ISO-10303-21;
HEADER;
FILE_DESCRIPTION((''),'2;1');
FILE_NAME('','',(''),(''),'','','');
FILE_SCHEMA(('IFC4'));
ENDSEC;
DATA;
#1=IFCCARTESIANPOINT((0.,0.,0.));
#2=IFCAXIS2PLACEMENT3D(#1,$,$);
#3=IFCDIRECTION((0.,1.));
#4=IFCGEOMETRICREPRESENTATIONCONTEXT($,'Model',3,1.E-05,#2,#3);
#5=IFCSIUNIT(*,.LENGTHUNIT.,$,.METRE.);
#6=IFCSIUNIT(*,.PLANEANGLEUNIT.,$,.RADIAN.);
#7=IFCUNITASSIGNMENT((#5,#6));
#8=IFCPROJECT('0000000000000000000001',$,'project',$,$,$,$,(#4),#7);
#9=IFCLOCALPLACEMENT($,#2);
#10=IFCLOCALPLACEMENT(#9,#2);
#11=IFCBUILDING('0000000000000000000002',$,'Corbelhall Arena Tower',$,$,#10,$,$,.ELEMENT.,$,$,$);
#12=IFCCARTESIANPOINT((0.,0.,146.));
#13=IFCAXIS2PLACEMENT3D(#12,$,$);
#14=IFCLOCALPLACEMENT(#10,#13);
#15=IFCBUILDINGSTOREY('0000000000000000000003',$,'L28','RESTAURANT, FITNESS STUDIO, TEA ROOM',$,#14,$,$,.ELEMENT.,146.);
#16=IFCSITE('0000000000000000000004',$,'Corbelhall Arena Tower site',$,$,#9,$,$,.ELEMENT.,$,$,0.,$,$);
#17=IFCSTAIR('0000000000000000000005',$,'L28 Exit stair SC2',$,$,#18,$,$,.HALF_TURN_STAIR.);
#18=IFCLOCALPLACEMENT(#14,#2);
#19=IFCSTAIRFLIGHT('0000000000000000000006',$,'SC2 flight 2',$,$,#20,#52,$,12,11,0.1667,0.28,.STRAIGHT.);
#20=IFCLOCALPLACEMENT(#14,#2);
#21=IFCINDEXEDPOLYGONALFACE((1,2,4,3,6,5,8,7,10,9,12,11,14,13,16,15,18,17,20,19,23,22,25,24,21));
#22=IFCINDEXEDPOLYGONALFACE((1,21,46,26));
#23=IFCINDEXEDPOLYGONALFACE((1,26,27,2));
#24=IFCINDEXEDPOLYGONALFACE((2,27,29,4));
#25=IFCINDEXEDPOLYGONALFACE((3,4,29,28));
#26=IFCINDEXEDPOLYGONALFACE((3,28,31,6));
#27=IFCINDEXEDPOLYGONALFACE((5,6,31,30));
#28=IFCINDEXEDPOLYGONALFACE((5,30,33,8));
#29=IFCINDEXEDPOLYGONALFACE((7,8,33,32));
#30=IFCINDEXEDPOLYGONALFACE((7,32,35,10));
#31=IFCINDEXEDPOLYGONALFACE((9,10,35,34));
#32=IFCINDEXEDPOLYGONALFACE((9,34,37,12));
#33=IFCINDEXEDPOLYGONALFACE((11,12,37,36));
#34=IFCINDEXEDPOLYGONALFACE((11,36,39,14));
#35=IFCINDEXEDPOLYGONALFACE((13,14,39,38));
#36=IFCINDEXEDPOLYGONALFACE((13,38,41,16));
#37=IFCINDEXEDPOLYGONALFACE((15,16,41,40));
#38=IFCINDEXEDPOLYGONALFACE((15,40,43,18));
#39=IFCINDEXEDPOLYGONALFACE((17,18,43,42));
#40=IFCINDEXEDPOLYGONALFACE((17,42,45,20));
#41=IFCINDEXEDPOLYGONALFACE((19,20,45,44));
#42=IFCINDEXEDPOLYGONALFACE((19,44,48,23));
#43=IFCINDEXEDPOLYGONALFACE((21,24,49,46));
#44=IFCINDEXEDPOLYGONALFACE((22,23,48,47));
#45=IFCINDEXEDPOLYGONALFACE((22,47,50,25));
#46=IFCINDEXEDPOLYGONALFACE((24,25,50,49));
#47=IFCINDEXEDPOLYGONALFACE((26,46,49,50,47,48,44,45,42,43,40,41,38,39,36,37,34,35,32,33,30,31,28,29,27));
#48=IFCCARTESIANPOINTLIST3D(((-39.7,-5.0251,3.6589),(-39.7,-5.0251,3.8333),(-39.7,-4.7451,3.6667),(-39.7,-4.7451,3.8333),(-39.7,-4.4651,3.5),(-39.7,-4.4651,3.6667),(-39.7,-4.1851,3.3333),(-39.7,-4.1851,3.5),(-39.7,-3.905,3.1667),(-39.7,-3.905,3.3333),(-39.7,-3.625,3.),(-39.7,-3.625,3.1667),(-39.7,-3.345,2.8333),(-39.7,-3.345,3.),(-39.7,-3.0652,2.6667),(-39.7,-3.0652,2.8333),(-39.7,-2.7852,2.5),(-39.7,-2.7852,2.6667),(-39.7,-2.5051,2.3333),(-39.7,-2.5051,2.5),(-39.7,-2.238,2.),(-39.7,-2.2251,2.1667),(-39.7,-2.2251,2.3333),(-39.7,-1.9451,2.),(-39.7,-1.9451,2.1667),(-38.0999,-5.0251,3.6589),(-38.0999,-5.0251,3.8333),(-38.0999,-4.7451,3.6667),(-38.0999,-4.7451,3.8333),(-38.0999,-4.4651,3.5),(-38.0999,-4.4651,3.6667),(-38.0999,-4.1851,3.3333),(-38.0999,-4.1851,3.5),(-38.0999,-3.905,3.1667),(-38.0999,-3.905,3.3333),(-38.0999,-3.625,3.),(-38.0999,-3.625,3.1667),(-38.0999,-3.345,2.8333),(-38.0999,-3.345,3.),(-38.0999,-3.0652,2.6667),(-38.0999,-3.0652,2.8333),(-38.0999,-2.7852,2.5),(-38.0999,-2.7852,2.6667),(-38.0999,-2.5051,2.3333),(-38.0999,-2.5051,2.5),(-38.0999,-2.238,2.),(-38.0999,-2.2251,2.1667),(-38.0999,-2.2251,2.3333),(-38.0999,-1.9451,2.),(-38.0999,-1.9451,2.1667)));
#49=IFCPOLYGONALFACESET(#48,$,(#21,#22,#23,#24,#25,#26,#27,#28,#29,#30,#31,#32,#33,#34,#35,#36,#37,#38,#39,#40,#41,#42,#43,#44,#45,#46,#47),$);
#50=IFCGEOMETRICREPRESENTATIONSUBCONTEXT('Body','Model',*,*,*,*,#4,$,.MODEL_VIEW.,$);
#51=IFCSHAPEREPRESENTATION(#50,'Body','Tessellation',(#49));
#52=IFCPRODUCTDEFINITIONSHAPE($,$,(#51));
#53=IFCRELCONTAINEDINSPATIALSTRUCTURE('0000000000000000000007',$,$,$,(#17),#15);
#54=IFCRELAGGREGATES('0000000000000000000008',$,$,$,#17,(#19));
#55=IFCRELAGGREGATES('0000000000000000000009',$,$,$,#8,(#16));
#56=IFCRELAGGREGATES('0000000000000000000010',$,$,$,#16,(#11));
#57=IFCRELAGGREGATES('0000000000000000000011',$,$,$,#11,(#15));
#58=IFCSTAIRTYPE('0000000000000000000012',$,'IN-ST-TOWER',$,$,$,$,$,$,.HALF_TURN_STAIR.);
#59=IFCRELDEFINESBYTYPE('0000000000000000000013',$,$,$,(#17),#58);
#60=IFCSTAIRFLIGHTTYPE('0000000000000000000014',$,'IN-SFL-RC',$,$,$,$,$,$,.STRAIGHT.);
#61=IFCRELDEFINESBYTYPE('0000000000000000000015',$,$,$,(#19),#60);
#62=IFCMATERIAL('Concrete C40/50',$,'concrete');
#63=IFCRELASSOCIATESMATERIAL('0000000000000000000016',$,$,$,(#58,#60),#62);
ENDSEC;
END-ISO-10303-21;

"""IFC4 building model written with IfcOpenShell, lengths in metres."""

from ifc_helpers import new_model, si_unit, direction, frame, origin, place, context, subcontext, project, spatial, polyline, outline, extrude, material, type_object, element, aggregate, save


model = new_model("IFC4")

# Units and contexts
model_context = context("Model", 3, precision=1e-05, world=origin(), true_north=direction((0.0, 1.0)))
body_context = subcontext(model_context, "Body", "Model", "MODEL_VIEW")
ifc_project = project(units=[si_unit("LENGTHUNIT", "METRE"), si_unit("PLANEANGLEUNIT", "RADIAN")], contexts=[model_context])

# Site, building, storey
site_placement = place(None, origin())
site = spatial("IfcSite", under=ifc_project, at=site_placement, Name="Corbelhall Arena Tower site", CompositionType="ELEMENT", RefElevation=0.0)
building_placement = place(site_placement, origin())
building = spatial("IfcBuilding", under=site, at=building_placement, Name="Corbelhall Arena Tower", CompositionType="ELEMENT")
storey_placement = place(building_placement, frame((0.0, 0.0, 146.0)))
storey = spatial("IfcBuildingStorey", under=building, at=storey_placement, Name="L28", Description="RESTAURANT, FITNESS STUDIO, TEA ROOM", CompositionType="ELEMENT", Elevation=146.0)

# Shared definitions
ifc_material_1 = material(Name="Concrete C40/50", Category="concrete")

# Stair, stair flight
stair_type = type_object("IfcStairType", Name="IN-ST-TOWER", PredefinedType="HALF_TURN_STAIR", material=ifc_material_1)
stair_placement = place(storey_placement, origin())
stair = element("IfcStair", 1, at=stair_placement, inside=storey, type_object=stair_type, Name="L28 Exit stair SC2", PredefinedType="HALF_TURN_STAIR")
stair_flight_type = type_object("IfcStairFlightType", Name="IN-SFL-RC", PredefinedType="STRAIGHT", material=ifc_material_1)
stair_flight_1_placement = place(storey_placement, frame((-38.8999, -1.9451, 2.0), z_axis=(0.0, 0.0, 1.0), x_axis=(0.0, -1.0, 0.0)))
stair_flight_1 = element("IfcStairFlight", 2, at=stair_flight_1_placement, type_object=stair_flight_type, Name="SC2 flight 2", NumberOfRisers=12, NumberOfTreads=11, PredefinedType="STRAIGHT", RiserHeight=0.1667, TreadLength=0.28, context=body_context, shape_type="SweptSolid", body=[
    extrude(outline(polyline([(0.0, 0.0), (0.0, 0.1667), (0.28, 0.1667), (0.28, 0.3333), (0.5601, 0.3333), (0.5601, 0.5), (0.8401, 0.5), (0.8401, 0.6667), (1.1201, 0.6667), (1.1201, 0.8333), (1.3999, 0.8333), (1.3999, 1.0), (1.6799, 1.0), (1.6799, 1.1667), (1.96, 1.1667), (1.96, 1.3333), (2.24, 1.3333), (2.24, 1.5), (2.52, 1.5), (2.52, 1.6667), (2.8, 1.6667), (2.8, 1.8333), (3.0801, 1.8333), (3.0801, 2.0), (3.0801, 1.6589), (0.293, 0.0), (0.0, 0.0)])), frame((0.0, 0.8, 0.0), z_axis=(0.0, -1.0, 0.0), x_axis=(1.0, 0.0, 0.0)), (0.0, 0.0, 1.0), 1.6001),
])
aggregate(stair, [stair_flight_1])

save(model, "model.ifc")
